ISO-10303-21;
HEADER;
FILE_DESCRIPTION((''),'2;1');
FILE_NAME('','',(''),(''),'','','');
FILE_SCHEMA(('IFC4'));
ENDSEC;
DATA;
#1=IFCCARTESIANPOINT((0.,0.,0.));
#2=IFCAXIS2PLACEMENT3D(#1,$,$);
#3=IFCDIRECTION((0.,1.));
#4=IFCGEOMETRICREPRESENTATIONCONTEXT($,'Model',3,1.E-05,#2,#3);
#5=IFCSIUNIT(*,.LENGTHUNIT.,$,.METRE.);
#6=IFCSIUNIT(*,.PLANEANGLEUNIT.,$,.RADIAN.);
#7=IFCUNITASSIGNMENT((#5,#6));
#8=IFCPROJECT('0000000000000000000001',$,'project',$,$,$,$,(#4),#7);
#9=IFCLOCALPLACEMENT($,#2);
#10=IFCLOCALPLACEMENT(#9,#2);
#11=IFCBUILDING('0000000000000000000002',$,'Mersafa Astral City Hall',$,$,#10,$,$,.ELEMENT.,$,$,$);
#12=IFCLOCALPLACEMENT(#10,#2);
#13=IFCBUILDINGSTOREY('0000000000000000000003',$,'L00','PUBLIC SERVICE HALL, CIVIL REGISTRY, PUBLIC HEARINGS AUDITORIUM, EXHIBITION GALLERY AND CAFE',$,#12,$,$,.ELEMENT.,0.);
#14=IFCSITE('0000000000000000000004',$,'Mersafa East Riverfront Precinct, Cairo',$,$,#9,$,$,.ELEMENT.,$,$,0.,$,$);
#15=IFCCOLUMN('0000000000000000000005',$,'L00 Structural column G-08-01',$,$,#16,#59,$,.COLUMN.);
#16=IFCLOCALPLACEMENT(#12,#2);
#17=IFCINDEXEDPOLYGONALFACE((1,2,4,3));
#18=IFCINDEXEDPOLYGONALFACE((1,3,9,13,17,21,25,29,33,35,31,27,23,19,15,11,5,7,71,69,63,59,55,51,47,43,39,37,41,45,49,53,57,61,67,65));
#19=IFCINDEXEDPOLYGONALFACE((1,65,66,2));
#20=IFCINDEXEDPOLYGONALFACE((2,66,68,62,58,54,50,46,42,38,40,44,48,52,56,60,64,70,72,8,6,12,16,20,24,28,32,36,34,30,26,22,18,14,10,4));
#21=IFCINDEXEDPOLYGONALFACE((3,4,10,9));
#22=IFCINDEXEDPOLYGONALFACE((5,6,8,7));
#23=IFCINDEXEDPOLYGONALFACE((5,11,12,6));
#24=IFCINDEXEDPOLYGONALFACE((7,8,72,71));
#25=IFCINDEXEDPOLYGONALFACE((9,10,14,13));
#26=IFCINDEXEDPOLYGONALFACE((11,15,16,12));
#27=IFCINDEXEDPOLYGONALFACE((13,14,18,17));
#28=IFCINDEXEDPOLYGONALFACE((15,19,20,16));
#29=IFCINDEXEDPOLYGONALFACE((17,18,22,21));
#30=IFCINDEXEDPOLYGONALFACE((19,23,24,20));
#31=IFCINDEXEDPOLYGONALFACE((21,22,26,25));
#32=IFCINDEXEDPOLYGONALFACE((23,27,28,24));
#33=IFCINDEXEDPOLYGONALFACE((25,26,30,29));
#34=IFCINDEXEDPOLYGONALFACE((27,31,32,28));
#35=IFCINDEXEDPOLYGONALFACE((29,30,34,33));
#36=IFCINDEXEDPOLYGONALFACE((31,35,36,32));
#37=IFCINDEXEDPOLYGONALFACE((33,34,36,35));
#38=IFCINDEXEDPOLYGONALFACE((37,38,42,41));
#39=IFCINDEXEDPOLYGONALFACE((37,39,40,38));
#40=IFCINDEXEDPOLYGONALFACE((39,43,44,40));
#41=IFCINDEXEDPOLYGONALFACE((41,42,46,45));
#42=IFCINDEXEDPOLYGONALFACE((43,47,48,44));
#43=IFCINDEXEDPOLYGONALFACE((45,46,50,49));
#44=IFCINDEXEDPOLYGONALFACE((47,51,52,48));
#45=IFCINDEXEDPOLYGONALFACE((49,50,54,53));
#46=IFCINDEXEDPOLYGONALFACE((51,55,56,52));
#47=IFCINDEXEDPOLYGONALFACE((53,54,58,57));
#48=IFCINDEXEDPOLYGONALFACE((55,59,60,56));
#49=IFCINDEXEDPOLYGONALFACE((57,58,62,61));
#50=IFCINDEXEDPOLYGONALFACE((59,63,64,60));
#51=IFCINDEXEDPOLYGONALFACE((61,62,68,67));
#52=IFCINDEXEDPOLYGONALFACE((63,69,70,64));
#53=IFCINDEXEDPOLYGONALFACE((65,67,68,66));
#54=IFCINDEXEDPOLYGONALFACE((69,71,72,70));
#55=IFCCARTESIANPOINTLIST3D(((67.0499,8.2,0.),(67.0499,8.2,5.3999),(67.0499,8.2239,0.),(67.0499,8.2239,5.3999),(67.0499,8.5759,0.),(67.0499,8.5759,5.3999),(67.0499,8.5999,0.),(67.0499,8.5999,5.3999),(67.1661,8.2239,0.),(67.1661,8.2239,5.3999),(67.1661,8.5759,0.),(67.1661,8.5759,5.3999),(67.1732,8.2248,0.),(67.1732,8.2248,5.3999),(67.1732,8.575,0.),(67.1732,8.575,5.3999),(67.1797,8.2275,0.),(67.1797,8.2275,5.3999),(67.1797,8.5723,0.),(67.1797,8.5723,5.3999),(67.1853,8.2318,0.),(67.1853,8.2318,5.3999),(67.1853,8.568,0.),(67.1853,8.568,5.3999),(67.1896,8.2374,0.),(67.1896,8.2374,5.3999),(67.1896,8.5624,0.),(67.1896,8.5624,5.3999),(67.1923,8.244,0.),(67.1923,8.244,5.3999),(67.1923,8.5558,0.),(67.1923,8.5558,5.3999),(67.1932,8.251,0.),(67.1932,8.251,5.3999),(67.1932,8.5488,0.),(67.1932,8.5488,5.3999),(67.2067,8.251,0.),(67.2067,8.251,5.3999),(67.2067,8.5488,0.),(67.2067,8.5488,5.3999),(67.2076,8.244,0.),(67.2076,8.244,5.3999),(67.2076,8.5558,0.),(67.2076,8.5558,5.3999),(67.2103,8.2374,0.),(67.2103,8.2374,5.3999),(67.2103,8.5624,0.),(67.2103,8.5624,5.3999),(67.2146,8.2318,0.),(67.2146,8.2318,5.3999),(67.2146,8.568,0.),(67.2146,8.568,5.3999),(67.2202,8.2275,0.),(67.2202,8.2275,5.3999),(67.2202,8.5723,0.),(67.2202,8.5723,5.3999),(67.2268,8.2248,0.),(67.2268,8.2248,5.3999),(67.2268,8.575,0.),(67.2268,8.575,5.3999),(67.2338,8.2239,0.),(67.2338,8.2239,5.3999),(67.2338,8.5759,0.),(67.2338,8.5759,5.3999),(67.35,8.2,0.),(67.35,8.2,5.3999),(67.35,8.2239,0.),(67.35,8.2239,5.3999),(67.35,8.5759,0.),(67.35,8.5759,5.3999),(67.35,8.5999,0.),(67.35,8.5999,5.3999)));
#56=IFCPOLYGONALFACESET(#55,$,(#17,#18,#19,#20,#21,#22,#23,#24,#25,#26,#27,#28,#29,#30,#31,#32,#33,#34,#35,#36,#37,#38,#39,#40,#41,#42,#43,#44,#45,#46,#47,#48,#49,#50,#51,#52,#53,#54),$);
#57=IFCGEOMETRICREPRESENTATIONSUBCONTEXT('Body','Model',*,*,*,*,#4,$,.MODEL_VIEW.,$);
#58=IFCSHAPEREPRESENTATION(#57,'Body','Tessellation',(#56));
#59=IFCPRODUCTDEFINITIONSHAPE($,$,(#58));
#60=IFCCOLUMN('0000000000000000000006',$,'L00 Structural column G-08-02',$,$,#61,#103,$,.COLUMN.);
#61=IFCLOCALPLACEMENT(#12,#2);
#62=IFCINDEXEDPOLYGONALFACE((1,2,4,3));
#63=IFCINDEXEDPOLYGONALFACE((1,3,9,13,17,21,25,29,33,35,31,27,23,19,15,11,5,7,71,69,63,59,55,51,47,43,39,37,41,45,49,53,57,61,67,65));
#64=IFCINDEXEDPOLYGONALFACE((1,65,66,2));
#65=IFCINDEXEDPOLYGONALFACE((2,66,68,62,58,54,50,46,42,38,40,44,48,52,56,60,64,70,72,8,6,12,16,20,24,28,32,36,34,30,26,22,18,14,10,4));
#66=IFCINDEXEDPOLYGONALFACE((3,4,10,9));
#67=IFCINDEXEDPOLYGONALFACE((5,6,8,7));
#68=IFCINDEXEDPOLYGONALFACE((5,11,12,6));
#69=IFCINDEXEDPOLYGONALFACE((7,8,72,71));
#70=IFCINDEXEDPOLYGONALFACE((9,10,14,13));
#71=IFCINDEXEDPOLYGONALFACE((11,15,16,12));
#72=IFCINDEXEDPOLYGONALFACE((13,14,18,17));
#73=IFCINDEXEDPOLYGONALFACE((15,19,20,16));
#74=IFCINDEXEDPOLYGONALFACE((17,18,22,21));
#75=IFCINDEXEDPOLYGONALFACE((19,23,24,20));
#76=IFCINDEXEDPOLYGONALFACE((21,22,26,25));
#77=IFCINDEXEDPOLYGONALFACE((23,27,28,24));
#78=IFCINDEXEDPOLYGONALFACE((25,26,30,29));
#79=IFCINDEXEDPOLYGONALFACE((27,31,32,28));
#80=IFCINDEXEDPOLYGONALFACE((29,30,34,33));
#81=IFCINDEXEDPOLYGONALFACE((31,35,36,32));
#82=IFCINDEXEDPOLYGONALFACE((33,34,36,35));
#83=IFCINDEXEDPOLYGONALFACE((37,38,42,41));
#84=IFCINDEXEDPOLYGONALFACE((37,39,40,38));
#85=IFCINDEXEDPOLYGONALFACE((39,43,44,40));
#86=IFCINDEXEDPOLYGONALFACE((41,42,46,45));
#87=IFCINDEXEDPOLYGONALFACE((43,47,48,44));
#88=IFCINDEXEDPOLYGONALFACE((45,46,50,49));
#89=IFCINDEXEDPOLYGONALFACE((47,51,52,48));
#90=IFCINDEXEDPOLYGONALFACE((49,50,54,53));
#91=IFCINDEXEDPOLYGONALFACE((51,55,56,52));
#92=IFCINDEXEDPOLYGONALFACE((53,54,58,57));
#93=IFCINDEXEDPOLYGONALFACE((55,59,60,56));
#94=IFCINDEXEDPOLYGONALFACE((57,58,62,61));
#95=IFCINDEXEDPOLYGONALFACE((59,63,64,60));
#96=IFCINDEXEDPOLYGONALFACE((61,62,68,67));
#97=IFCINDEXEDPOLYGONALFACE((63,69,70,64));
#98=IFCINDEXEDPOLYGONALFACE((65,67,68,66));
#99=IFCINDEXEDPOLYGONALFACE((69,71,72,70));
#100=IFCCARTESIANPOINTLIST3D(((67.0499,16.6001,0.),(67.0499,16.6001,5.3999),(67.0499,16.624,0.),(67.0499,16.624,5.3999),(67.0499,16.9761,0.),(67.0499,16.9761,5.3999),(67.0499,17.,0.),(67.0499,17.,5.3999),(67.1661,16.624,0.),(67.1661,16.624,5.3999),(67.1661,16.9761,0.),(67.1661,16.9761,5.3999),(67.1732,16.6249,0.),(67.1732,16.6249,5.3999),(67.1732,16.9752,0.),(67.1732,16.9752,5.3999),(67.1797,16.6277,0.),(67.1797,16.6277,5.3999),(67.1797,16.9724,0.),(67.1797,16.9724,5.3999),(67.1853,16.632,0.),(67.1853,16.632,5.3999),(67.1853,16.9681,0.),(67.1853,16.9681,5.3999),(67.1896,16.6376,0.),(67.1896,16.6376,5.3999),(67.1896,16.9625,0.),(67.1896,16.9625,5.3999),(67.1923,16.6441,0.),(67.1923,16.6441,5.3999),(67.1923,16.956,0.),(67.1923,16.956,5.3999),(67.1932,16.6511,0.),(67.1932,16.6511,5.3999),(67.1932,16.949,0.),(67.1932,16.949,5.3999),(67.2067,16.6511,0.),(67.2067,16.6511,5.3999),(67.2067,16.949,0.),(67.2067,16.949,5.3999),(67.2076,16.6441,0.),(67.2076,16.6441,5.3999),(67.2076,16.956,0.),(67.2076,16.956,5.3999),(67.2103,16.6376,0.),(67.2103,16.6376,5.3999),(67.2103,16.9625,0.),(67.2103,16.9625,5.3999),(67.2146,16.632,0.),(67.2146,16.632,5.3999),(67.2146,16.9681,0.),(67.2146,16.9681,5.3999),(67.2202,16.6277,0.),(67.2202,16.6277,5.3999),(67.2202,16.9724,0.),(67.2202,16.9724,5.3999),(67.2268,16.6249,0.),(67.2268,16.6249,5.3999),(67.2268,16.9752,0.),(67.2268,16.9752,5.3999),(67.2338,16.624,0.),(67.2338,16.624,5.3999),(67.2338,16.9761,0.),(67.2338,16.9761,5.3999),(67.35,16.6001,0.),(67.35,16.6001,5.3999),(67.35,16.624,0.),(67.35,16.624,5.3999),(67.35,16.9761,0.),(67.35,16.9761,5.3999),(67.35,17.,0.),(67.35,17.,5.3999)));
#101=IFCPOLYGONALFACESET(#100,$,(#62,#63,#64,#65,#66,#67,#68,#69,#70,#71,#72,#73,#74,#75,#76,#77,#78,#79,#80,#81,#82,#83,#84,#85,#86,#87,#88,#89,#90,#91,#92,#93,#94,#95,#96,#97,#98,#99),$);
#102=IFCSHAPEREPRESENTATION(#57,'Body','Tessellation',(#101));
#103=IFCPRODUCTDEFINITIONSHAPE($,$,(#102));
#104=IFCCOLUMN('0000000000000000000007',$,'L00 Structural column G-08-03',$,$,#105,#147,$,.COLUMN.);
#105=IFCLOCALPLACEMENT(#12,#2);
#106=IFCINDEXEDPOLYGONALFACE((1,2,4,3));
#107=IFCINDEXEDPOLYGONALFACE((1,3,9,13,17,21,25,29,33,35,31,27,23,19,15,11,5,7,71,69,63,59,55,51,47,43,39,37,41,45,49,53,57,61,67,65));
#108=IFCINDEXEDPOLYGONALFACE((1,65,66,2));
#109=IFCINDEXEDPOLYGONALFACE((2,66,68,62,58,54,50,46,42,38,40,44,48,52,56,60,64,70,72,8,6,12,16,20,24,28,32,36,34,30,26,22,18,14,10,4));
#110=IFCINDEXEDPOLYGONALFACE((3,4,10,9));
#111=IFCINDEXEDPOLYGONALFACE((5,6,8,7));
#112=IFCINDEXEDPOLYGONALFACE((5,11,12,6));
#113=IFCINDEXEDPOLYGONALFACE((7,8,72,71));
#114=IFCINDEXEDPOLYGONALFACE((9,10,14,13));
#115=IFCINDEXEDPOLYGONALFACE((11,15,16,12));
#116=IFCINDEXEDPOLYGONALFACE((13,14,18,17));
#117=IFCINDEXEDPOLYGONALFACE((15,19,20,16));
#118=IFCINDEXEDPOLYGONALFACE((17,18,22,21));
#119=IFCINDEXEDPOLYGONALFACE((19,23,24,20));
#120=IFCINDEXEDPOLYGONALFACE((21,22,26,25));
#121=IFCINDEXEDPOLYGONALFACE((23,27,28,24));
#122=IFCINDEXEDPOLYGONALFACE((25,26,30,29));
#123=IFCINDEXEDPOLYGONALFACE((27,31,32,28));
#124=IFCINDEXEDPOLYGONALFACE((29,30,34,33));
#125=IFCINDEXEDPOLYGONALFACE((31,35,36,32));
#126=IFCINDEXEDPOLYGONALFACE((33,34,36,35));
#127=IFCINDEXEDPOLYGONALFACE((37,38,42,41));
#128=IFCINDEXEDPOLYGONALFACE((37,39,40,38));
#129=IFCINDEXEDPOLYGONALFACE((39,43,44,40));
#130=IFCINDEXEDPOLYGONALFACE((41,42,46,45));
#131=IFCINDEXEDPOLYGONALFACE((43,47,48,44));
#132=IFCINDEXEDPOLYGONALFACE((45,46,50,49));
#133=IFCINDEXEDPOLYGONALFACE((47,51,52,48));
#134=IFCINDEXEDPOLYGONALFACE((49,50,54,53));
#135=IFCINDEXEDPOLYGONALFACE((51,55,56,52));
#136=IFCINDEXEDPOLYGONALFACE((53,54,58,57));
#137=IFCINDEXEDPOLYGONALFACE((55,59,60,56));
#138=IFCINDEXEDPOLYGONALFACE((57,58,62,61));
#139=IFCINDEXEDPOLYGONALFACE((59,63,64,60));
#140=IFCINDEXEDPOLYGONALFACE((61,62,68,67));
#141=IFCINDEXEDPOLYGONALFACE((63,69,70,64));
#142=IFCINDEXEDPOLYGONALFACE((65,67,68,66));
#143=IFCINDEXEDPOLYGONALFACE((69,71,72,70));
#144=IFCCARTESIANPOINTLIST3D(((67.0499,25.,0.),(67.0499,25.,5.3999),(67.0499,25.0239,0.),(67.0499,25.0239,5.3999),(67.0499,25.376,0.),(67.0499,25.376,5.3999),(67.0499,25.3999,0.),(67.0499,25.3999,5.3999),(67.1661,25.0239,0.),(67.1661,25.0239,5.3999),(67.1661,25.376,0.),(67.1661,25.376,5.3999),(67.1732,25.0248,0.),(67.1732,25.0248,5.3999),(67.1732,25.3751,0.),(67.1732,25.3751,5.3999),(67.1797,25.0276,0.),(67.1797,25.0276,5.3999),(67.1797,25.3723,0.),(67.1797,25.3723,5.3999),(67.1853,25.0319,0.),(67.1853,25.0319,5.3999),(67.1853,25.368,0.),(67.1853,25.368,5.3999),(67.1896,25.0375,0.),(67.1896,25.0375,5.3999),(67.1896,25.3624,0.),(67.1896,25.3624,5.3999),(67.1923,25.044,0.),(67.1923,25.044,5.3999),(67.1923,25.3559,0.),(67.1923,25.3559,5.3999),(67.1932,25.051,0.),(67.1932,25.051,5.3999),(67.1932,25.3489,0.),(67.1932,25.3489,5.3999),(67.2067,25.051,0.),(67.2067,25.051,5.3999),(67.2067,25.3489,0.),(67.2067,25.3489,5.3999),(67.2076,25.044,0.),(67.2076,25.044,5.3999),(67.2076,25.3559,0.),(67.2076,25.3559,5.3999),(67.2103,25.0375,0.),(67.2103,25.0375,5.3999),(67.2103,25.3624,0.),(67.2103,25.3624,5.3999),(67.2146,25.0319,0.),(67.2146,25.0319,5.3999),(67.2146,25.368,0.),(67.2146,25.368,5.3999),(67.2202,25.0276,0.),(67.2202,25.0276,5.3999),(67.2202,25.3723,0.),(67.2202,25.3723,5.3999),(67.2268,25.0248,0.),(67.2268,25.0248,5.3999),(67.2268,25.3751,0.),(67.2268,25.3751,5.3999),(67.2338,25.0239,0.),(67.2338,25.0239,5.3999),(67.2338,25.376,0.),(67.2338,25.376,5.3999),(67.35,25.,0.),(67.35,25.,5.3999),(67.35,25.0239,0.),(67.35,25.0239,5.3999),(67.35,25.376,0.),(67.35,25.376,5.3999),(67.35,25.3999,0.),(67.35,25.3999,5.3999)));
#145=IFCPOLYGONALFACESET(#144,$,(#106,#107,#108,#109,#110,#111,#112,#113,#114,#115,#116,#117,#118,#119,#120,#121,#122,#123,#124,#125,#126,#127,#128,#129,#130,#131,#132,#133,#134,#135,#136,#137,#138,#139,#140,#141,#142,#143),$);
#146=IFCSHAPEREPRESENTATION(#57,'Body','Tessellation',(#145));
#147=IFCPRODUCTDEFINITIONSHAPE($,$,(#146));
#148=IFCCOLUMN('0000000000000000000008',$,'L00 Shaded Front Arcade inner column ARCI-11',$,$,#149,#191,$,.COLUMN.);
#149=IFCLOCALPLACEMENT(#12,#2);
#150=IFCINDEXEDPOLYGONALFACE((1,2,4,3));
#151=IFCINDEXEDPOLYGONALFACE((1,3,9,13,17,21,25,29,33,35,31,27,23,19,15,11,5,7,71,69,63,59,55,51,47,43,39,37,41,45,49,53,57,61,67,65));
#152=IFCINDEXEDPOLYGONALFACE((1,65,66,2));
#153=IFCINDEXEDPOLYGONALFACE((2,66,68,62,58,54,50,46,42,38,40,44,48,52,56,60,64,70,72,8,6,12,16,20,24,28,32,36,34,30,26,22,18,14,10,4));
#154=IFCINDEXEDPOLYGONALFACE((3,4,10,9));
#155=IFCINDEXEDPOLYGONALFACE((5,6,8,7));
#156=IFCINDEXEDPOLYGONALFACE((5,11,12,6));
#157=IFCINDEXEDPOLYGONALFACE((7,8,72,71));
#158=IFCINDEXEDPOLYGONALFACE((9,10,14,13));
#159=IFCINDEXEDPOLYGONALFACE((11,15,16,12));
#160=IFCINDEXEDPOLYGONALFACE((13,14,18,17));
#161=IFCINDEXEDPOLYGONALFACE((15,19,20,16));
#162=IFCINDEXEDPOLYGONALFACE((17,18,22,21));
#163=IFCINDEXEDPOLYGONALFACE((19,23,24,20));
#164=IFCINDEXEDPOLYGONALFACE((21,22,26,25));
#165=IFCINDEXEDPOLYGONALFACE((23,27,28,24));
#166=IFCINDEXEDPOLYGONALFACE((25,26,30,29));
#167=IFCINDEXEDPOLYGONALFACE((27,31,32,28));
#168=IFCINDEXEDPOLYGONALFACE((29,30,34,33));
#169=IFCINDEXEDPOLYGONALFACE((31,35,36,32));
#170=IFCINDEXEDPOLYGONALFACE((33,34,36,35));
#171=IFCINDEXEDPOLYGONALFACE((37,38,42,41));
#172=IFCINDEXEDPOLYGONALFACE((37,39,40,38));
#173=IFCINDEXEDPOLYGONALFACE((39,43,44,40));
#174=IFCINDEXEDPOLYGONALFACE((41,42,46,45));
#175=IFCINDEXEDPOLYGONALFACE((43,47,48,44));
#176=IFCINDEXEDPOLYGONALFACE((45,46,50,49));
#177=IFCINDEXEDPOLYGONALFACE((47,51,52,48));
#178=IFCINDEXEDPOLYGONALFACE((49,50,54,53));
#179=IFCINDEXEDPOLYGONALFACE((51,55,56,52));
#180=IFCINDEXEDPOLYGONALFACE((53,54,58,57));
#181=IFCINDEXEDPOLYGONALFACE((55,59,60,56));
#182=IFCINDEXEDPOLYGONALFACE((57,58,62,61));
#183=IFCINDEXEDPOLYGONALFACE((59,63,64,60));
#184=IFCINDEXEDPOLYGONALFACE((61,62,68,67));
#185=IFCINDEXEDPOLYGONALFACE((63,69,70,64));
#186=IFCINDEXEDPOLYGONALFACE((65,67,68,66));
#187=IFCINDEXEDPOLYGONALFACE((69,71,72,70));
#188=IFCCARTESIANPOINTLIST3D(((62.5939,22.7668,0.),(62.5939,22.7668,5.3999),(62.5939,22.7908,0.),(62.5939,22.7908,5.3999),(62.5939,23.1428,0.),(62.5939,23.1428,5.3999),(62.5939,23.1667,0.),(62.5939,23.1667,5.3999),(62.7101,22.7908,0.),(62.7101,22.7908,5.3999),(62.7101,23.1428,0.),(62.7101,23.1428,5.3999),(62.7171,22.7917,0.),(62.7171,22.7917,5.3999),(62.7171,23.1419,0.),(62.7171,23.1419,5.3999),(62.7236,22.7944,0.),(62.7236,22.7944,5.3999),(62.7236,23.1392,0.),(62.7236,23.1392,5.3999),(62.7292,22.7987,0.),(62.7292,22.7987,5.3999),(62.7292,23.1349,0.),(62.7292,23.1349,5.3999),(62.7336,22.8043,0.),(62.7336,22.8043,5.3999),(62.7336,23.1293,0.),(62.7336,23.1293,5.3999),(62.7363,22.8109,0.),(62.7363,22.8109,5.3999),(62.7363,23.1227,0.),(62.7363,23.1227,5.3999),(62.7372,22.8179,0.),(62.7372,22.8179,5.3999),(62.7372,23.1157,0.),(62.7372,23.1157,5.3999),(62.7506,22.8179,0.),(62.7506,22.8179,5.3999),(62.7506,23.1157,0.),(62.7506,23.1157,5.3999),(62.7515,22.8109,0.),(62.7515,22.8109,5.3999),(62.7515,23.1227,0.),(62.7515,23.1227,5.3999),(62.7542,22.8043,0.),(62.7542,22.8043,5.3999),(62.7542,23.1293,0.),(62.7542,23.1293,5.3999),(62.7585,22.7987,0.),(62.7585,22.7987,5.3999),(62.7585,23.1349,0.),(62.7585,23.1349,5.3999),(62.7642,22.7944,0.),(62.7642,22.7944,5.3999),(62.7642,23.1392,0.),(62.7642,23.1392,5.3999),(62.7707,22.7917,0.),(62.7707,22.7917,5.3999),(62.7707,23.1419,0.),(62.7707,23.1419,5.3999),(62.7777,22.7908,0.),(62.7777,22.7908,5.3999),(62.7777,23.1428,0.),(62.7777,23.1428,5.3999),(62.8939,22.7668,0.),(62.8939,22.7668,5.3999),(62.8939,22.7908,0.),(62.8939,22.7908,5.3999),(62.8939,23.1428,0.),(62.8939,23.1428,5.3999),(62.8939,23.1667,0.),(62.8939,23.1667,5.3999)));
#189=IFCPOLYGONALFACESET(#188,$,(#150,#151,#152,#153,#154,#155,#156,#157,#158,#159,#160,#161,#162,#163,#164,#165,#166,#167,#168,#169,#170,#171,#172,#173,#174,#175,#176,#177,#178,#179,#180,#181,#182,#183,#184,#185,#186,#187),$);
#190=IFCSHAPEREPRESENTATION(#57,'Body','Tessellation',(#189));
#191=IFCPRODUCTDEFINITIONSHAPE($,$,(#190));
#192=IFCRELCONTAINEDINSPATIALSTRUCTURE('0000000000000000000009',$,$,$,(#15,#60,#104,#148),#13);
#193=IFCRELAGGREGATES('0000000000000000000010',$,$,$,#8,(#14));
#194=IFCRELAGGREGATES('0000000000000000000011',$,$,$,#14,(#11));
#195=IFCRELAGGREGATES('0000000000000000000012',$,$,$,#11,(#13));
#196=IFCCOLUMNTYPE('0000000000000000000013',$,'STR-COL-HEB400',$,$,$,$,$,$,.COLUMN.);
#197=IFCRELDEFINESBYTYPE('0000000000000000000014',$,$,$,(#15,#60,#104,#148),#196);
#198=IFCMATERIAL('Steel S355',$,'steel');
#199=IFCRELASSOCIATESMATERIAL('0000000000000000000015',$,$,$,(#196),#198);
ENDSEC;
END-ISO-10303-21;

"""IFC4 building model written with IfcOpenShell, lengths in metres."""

from ifc_helpers import new_model, si_unit, direction, frame, origin, origin_2d, place, context, subcontext, project, spatial, i_section, extrude, material, material_profile, profile_set, type_object, element, save


model = new_model("IFC4")

# Units and contexts
model_context = context("Model", 3, precision=1e-05, world=origin(), true_north=direction((0.0, 1.0)))
body_context = subcontext(model_context, "Body", "Model", "MODEL_VIEW")
ifc_project = project(units=[si_unit("LENGTHUNIT", "METRE"), si_unit("PLANEANGLEUNIT", "RADIAN")], contexts=[model_context])

# Site, building, storey
site_placement = place(None, origin())
site = spatial("IfcSite", under=ifc_project, at=site_placement, Name="Mersafa East Riverfront Precinct, Cairo", CompositionType="ELEMENT", RefElevation=0.0)
building_placement = place(site_placement, origin())
building = spatial("IfcBuilding", under=site, at=building_placement, Name="Mersafa Astral City Hall", CompositionType="ELEMENT")
storey_placement = place(building_placement, origin())
storey = spatial("IfcBuildingStorey", under=building, at=storey_placement, Name="L00", Description="PUBLIC SERVICE HALL, CIVIL REGISTRY, PUBLIC HEARINGS AUDITORIUM, EXHIBITION GALLERY AND CAFE", CompositionType="ELEMENT", Elevation=0.0)

# Columns
ifc_material_1 = material(Name="Steel S355", Category="steel")
ifc_material_profile_1 = material_profile(ifc_material_1, i_section(OverallWidth=0.3, OverallDepth=0.3999, WebThickness=0.0134, FlangeThickness=0.0239, FilletRadius=0.0271, at=origin_2d()), Name="HEB 400")
ifc_profile_set_1 = profile_set([ifc_material_profile_1], Name="Steel S355")
column_type_1 = type_object("IfcColumnType", Name="STR-COL-HEB400", PredefinedType="COLUMN", material=ifc_profile_set_1)
for number, where, z_axis, x_axis, name in (
    (1, (67.2, 8.3999, 0.0), (0.0, 0.0, 1.0), (1.0, 0.0, 0.0), "L00 Structural column G-08-01"),
    (2, (67.2, 16.8, 0.0), (0.0, 0.0, 1.0), (1.0, 0.0, 0.0), "L00 Structural column G-08-02"),
    (3, (67.2, 25.2, 0.0), (0.0, 0.0, 1.0), (1.0, 0.0, 0.0), "L00 Structural column G-08-03"),
    (4, (62.7439, 22.9668, 0.0), (0.0, 0.0, 1.0), (1.0, 0.0, 0.0), "L00 Shaded Front Arcade inner column ARCI-11"),
):
    element("IfcColumn", number, at=place(storey_placement, frame(where, z_axis=z_axis, x_axis=x_axis)), inside=storey, type_object=column_type_1, Name=name, PredefinedType="COLUMN", context=body_context, shape_type="SweptSolid", body=[
        extrude(i_section(OverallWidth=0.3, OverallDepth=0.3999, WebThickness=0.0134, FlangeThickness=0.0239, FilletRadius=0.0271, at=origin_2d()), origin(), (0.0, 0.0, 1.0), 5.3999),
    ])

save(model, "model.ifc")
